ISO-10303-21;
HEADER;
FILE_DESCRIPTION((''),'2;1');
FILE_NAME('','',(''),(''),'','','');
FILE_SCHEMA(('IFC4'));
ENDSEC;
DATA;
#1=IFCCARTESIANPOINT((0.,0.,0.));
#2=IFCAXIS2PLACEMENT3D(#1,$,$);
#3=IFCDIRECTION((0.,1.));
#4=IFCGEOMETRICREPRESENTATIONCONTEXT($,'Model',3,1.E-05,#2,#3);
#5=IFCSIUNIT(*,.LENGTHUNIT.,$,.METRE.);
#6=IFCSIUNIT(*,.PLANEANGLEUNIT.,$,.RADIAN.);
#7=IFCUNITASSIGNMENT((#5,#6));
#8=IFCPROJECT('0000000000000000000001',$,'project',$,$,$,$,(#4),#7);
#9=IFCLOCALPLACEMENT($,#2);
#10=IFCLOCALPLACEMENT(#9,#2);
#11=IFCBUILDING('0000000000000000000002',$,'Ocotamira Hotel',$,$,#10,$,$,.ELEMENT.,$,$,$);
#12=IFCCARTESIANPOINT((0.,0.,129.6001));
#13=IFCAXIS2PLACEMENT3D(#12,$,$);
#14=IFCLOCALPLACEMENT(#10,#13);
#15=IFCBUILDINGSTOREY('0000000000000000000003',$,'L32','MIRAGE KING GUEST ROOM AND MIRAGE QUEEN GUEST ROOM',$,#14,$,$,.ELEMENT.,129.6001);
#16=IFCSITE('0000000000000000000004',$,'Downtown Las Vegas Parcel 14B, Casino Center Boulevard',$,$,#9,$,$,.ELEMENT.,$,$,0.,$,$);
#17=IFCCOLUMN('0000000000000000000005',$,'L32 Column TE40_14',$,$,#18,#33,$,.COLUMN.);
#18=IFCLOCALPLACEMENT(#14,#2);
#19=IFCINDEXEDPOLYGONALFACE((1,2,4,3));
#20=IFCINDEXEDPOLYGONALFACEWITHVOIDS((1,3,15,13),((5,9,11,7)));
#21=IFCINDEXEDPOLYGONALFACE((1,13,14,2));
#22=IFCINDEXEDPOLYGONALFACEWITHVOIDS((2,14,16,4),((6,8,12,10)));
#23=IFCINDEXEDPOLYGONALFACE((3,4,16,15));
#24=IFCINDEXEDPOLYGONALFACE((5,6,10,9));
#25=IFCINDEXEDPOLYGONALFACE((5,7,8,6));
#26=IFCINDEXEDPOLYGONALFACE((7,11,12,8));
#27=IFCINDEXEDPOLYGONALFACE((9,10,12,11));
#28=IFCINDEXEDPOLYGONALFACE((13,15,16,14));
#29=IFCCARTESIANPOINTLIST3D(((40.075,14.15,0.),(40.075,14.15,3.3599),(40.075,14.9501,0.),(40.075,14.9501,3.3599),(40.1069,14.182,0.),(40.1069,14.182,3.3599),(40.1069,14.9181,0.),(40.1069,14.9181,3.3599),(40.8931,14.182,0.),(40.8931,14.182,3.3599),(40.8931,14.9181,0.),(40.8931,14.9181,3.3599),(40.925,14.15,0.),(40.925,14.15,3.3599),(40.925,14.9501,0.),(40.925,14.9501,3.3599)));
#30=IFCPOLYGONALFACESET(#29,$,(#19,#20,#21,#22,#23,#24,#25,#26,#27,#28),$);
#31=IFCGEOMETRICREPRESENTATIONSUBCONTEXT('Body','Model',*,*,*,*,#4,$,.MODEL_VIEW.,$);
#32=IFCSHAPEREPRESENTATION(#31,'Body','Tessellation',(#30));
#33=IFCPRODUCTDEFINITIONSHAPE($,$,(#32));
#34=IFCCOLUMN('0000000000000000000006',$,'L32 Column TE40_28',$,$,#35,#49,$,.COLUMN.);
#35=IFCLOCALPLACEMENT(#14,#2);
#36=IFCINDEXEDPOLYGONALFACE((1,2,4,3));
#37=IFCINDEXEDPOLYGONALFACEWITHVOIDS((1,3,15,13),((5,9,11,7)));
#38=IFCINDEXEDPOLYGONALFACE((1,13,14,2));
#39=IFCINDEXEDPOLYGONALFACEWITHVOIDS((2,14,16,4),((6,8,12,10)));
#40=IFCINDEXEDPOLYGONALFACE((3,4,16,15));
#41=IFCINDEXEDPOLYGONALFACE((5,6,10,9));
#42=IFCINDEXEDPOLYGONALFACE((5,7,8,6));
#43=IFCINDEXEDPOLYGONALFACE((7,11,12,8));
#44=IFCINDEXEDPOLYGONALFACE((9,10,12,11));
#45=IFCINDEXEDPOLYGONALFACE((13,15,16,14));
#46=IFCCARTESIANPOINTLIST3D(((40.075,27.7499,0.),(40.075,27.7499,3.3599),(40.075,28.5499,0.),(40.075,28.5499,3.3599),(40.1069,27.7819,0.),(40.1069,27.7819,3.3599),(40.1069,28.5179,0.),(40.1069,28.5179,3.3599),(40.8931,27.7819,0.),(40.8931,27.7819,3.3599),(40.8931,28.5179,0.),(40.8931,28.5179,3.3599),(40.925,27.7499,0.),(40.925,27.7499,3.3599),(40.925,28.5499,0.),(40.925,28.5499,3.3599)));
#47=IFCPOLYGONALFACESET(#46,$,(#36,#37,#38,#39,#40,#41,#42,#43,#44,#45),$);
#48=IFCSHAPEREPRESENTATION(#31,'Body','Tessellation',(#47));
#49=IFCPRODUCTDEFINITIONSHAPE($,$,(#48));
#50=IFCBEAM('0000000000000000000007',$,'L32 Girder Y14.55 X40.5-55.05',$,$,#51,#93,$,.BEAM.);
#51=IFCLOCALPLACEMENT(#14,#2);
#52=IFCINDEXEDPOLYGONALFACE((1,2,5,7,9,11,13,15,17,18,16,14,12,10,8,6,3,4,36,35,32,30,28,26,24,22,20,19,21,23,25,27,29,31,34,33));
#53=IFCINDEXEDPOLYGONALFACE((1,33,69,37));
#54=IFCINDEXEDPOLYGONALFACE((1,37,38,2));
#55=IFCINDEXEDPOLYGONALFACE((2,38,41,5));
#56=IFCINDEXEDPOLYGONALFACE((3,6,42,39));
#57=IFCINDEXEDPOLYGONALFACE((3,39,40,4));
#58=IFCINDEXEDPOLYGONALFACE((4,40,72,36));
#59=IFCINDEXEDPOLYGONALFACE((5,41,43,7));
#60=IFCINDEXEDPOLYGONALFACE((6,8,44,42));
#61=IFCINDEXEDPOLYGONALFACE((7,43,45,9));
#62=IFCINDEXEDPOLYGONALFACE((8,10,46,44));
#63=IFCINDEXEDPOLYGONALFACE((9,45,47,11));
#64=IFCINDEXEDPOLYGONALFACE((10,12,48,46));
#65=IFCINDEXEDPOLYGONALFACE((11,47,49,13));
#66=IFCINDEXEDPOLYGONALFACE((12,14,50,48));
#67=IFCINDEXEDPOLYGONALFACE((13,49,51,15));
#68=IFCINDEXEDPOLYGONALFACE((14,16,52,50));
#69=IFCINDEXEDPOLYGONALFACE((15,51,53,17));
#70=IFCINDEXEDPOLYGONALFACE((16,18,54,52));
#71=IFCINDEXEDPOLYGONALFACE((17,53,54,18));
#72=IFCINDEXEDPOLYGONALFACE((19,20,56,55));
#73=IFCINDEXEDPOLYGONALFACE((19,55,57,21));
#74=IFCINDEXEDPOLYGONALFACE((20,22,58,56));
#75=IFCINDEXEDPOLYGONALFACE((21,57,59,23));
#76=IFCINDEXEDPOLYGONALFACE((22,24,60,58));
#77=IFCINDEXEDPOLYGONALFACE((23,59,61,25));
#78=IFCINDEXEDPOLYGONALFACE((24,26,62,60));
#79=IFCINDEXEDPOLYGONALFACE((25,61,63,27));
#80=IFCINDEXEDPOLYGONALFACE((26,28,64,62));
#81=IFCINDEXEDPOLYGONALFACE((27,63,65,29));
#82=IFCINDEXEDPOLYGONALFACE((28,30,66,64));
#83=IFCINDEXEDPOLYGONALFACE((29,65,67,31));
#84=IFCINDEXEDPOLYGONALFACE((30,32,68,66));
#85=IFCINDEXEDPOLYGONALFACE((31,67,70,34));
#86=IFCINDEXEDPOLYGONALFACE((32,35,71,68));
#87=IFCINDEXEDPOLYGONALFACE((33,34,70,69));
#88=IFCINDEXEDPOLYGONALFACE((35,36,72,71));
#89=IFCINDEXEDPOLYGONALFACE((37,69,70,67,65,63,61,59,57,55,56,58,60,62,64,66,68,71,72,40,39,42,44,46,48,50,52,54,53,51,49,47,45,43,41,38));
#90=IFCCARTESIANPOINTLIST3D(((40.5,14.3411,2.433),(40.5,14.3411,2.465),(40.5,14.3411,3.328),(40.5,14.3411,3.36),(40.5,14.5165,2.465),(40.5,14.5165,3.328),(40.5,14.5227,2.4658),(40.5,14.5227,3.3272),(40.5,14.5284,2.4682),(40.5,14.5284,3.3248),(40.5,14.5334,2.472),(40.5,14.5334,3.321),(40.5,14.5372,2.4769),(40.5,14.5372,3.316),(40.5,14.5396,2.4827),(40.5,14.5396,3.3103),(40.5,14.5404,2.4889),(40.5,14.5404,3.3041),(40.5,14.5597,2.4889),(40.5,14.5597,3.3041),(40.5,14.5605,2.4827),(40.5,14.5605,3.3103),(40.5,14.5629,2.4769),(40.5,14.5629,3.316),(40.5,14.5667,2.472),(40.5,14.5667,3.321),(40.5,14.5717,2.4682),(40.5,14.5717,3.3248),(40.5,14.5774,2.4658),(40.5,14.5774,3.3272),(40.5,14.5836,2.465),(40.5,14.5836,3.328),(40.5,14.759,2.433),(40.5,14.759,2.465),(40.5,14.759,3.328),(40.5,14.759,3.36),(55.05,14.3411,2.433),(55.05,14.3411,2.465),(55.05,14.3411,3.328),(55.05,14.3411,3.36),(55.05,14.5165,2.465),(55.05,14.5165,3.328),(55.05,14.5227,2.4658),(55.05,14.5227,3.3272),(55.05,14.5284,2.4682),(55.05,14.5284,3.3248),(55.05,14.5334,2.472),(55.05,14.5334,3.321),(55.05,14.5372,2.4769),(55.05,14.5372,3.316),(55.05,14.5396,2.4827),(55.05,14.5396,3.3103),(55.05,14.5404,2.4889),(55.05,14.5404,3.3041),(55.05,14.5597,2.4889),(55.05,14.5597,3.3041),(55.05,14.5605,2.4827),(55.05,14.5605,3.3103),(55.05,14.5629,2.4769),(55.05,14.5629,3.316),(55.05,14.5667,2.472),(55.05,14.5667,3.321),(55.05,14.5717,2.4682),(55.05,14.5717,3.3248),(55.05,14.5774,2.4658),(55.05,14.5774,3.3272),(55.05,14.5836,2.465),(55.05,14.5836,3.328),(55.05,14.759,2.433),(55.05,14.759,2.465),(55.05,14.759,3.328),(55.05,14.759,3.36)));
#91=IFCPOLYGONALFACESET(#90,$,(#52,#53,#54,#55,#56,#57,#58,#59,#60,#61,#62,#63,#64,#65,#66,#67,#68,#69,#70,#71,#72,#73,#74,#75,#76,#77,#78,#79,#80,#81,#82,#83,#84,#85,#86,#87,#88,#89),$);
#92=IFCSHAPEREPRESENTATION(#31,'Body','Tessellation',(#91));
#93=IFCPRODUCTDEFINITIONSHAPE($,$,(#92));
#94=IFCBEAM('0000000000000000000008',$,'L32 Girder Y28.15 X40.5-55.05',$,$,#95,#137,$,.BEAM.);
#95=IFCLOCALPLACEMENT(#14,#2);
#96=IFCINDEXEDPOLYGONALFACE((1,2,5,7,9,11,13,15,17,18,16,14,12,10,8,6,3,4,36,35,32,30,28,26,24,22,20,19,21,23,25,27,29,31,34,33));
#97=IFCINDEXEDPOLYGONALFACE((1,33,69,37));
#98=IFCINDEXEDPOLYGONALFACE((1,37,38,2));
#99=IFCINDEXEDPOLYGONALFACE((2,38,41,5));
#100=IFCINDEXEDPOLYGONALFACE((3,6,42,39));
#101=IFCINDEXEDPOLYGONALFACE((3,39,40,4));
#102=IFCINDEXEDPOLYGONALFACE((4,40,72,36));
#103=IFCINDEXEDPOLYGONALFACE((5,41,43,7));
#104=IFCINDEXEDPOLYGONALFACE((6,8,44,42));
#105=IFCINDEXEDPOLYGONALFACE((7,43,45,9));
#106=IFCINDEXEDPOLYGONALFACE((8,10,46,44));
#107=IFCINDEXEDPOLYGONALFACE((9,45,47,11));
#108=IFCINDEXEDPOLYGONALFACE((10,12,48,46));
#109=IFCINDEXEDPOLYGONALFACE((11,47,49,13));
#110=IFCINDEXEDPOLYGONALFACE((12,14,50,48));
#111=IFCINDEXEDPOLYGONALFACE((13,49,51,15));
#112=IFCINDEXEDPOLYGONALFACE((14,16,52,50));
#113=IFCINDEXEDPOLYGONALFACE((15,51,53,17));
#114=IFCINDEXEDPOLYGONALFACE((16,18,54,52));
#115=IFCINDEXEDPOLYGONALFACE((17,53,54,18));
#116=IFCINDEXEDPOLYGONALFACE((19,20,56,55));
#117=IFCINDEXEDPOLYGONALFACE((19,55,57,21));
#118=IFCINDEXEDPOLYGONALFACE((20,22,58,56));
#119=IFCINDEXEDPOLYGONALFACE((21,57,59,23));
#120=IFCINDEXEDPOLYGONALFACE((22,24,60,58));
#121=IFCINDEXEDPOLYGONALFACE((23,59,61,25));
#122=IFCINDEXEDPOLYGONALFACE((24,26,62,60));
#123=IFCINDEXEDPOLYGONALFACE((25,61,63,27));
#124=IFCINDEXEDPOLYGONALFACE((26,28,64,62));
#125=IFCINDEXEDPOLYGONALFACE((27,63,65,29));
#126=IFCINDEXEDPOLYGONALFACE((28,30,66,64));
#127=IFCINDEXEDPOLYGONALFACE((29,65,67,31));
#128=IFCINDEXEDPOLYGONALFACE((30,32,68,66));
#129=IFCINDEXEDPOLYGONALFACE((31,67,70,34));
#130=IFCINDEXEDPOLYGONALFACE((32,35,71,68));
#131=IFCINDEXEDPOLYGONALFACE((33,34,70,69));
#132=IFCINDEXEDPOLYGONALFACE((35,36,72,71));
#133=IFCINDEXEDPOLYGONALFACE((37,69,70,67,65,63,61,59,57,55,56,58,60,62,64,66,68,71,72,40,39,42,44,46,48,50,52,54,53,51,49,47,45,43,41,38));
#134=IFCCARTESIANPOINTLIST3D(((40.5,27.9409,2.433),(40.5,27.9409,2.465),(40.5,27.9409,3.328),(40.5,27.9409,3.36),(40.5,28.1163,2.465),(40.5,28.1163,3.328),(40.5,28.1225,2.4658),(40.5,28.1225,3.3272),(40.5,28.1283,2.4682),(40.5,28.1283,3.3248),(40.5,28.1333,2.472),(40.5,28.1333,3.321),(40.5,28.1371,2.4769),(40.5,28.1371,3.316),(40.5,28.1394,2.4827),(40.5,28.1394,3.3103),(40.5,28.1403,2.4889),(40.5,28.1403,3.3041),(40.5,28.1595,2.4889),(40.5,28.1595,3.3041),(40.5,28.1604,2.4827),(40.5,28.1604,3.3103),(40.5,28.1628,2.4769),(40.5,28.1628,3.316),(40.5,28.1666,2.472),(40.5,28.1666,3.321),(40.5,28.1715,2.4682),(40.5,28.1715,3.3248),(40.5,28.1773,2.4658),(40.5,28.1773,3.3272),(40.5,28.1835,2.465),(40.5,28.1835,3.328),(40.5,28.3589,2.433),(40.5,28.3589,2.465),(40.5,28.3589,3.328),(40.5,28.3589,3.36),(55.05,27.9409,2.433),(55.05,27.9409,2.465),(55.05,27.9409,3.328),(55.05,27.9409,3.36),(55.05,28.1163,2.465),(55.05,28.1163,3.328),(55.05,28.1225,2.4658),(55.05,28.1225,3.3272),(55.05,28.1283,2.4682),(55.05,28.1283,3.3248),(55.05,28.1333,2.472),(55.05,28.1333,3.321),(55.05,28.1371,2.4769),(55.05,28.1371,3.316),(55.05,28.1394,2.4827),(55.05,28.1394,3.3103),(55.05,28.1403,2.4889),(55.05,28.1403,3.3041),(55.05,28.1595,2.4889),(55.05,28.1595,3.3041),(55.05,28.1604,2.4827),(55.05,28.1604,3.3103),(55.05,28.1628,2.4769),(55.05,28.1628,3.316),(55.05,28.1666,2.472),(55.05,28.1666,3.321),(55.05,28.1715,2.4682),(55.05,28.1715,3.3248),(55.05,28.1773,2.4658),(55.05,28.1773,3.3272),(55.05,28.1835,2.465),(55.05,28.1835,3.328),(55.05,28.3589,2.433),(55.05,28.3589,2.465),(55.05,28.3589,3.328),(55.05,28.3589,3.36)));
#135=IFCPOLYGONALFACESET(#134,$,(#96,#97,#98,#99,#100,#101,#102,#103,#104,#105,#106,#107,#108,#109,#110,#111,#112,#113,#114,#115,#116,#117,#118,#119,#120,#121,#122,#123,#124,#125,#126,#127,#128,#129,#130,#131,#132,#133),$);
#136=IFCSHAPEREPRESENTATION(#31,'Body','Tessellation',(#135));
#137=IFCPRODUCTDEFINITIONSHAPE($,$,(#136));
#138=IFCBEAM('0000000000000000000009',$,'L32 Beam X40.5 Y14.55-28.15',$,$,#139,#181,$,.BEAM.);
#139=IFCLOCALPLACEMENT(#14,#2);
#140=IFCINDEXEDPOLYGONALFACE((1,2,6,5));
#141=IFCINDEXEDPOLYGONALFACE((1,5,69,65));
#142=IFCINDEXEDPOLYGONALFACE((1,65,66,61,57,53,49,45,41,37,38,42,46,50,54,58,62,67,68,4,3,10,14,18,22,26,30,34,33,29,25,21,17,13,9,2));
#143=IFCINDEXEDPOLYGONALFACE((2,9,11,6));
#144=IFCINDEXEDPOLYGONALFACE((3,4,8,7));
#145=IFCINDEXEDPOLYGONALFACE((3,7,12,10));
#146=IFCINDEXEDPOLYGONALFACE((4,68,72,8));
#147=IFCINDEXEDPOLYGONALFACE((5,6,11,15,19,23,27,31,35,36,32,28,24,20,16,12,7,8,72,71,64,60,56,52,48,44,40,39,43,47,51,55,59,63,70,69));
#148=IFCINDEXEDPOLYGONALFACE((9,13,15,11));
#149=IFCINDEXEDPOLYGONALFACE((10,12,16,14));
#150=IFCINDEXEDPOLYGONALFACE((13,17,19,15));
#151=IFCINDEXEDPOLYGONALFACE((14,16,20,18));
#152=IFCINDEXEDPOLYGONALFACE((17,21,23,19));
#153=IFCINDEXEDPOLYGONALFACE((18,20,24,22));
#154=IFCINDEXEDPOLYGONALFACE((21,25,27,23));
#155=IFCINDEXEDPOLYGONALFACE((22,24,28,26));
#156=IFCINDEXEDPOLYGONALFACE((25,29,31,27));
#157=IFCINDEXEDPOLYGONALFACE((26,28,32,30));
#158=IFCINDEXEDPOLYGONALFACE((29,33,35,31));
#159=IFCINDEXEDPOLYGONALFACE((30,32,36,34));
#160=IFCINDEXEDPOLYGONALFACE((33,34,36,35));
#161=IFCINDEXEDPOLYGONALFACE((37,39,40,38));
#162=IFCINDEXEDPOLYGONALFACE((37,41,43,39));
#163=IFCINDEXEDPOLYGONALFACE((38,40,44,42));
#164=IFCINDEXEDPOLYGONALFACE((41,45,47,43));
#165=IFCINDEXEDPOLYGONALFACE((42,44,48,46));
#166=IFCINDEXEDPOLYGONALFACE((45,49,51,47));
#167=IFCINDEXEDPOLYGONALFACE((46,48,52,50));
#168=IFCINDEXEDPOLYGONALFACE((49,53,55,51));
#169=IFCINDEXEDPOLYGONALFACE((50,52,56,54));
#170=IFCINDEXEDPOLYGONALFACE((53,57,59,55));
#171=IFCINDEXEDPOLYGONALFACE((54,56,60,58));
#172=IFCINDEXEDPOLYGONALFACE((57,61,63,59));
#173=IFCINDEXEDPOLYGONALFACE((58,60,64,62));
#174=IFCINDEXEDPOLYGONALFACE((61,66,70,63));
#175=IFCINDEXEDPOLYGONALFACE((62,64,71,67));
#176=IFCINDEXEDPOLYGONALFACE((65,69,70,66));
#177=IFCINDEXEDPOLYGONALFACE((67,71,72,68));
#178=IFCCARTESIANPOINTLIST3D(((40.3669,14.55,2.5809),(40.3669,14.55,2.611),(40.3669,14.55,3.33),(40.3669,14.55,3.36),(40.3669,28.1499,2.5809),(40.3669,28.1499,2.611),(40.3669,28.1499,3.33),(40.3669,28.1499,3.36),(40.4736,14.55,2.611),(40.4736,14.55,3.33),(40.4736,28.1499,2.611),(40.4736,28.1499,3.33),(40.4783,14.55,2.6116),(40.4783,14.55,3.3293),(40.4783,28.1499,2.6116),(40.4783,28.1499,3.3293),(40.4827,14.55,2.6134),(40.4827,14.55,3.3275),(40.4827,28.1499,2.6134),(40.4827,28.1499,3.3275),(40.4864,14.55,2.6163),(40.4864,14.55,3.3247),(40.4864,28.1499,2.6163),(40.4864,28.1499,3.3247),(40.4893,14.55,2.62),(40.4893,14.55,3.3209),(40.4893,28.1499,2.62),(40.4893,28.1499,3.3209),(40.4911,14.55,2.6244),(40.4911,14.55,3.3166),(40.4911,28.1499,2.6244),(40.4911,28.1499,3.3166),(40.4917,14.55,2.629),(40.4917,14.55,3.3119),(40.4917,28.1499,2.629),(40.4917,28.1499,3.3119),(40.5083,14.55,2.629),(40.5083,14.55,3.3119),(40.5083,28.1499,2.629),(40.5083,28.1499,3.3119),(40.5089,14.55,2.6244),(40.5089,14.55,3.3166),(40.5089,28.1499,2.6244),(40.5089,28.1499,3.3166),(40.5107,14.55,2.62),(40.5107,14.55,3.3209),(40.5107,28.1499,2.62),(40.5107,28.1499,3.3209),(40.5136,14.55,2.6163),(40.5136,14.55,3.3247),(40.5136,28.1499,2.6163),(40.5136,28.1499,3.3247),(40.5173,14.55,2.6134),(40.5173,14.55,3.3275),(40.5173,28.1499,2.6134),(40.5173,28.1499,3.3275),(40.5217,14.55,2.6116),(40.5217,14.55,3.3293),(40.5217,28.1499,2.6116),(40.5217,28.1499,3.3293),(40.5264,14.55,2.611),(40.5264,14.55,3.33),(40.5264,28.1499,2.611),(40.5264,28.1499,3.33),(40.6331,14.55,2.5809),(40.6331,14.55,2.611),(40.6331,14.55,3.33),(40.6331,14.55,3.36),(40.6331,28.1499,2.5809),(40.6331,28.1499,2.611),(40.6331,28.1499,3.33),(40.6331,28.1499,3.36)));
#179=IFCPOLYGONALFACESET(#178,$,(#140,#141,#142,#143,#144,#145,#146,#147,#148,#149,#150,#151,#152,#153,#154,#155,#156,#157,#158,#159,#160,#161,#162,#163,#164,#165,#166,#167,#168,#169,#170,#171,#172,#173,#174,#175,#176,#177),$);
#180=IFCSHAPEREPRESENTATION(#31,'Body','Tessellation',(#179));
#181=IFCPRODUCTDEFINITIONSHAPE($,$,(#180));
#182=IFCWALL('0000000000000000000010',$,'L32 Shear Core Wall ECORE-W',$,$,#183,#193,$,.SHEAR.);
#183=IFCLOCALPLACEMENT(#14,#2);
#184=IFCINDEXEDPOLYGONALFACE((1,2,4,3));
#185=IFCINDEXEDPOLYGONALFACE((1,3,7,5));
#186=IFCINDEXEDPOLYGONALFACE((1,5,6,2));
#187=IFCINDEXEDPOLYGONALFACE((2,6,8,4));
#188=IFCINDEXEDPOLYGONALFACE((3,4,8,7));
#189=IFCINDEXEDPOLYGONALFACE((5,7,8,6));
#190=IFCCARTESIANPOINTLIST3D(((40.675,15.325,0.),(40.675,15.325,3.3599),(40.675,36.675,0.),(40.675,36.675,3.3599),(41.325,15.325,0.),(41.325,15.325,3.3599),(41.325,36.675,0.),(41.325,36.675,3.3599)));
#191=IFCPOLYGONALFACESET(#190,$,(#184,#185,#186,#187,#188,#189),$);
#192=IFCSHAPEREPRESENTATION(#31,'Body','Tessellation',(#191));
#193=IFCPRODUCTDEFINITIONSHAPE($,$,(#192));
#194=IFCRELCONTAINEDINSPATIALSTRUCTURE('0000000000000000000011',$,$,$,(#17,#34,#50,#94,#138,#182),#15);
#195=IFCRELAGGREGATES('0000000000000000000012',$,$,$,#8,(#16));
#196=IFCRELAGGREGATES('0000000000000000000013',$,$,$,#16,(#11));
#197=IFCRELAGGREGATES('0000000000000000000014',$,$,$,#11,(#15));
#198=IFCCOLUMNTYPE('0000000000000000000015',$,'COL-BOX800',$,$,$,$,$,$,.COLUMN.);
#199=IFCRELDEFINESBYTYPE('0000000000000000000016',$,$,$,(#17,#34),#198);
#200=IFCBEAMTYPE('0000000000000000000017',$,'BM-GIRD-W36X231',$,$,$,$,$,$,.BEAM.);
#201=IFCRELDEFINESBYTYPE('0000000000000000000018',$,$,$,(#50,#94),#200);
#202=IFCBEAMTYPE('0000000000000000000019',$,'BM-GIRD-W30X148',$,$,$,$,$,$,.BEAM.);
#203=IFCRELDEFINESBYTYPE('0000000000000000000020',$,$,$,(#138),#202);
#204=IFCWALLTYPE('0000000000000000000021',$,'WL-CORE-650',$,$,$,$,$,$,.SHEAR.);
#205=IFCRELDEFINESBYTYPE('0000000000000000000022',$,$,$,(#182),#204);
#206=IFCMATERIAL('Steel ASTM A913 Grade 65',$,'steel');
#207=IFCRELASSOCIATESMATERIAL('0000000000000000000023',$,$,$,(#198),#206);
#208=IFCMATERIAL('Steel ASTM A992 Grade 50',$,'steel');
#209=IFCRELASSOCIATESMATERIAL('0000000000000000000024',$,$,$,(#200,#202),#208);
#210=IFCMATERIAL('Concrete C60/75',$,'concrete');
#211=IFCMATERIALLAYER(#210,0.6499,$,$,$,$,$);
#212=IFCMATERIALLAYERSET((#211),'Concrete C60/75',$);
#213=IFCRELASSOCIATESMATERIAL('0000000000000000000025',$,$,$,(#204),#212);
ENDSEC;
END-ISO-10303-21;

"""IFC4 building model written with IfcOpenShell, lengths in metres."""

from ifc_helpers import new_model, si_unit, direction, frame, frame_2d, origin, origin_2d, place, context, subcontext, project, spatial, rectangle, hollow_rectangle, i_section, extrude, source, transform, mapped, material, layer, layer_set, material_profile, profile_set, type_object, element, save


model = new_model("IFC4")

# Units and contexts
model_context = context("Model", 3, precision=1e-05, world=origin(), true_north=direction((0.0, 1.0)))
body_context = subcontext(model_context, "Body", "Model", "MODEL_VIEW")
ifc_project = project(units=[si_unit("LENGTHUNIT", "METRE"), si_unit("PLANEANGLEUNIT", "RADIAN")], contexts=[model_context])

# Site, building, storey
site_placement = place(None, origin())
site = spatial("IfcSite", under=ifc_project, at=site_placement, Name="Downtown Las Vegas Parcel 14B, Casino Center Boulevard", CompositionType="ELEMENT", RefElevation=0.0)
building_placement = place(site_placement, origin())
building = spatial("IfcBuilding", under=site, at=building_placement, Name="Ocotamira Hotel", CompositionType="ELEMENT")
storey_placement = place(building_placement, frame((0.0, 0.0, 129.6001)))
storey = spatial("IfcBuildingStorey", under=building, at=storey_placement, Name="L32", Description="MIRAGE KING GUEST ROOM AND MIRAGE QUEEN GUEST ROOM", CompositionType="ELEMENT", Elevation=129.6001)

# Columns
ifc_material_1 = material(Name="Steel ASTM A913 Grade 65", Category="steel")
ifc_material_profile_1 = material_profile(ifc_material_1, hollow_rectangle(XDim=0.8501, YDim=0.8, WallThickness=0.032, at=origin_2d()), Name="BOX800X850X32")
ifc_profile_set_1 = profile_set([ifc_material_profile_1], Name="Steel ASTM A913 Grade 65")
column_type = type_object("IfcColumnType", Name="COL-BOX800", PredefinedType="COLUMN", material=ifc_profile_set_1)
shared_shape_1 = source(origin(), body_context, "Body", "SweptSolid", [
    extrude(hollow_rectangle(XDim=0.8501, YDim=0.8, WallThickness=0.032, at=origin_2d()), origin(), (0.0, 0.0, 1.0), 3.3599),
])
for number, where, z_axis, x_axis, name in (
    (1, (40.5, 14.55, 0.0), (0.0, 0.0, 1.0), (1.0, 0.0, 0.0), "L32 Column TE40_14"),
    (2, (40.5, 28.1499, 0.0), (0.0, 0.0, 1.0), (1.0, 0.0, 0.0), "L32 Column TE40_28"),
):
    element("IfcColumn", number, at=place(storey_placement, frame(where, z_axis=z_axis, x_axis=x_axis)), inside=storey, type_object=column_type, Name=name, PredefinedType="COLUMN", context=body_context, shape_type="MappedRepresentation", body=[
        mapped(shared_shape_1, transform((0.0, 0.0, 0.0), scale=1.0)),
    ])

# Beams
ifc_material_2 = material(Name="Steel ASTM A992 Grade 50", Category="steel")
ifc_material_profile_2 = material_profile(ifc_material_2, i_section(OverallWidth=0.418, OverallDepth=0.927, WebThickness=0.0193, FlangeThickness=0.032, FilletRadius=0.0239, at=origin_2d()), Name="W36X231")
ifc_profile_set_2 = profile_set([ifc_material_profile_2], Name="Steel ASTM A992 Grade 50")
beam_type_1 = type_object("IfcBeamType", Name="BM-GIRD-W36X231", PredefinedType="BEAM", material=ifc_profile_set_2)
shared_shape_2 = source(origin(), body_context, "Body", "SweptSolid", [
    extrude(i_section(OverallWidth=0.418, OverallDepth=0.927, WebThickness=0.0193, FlangeThickness=0.032, FilletRadius=0.0239, at=origin_2d()), origin(), (0.0, 0.0, 1.0), 14.55),
])
for number, where, z_axis, x_axis, name in (
    (3, (40.5, 14.55, 2.8965), (1.0, 0.0, 0.0), (0.0, 1.0, 0.0), "L32 Girder Y14.55 X40.5-55.05"),
    (4, (40.5, 28.1499, 2.8965), (1.0, 0.0, 0.0), (0.0, 1.0, 0.0), "L32 Girder Y28.15 X40.5-55.05"),
):
    element("IfcBeam", number, at=place(storey_placement, frame(where, z_axis=z_axis, x_axis=x_axis)), inside=storey, type_object=beam_type_1, Name=name, PredefinedType="BEAM", context=body_context, shape_type="MappedRepresentation", body=[
        mapped(shared_shape_2, transform((0.0, 0.0, 0.0), scale=1.0)),
    ])
ifc_material_profile_3 = material_profile(ifc_material_2, i_section(OverallWidth=0.2661, OverallDepth=0.7791, WebThickness=0.0166, FlangeThickness=0.03, FilletRadius=0.0181, at=origin_2d()), Name="W30X148")
ifc_profile_set_3 = profile_set([ifc_material_profile_3], Name="Steel ASTM A992 Grade 50")
beam_type_2 = type_object("IfcBeamType", Name="BM-GIRD-W30X148", PredefinedType="BEAM", material=ifc_profile_set_3)
shared_shape_3 = source(origin(), body_context, "Body", "SweptSolid", [
    extrude(i_section(OverallWidth=0.2661, OverallDepth=0.7791, WebThickness=0.0166, FlangeThickness=0.03, FilletRadius=0.0181, at=origin_2d()), origin(), (0.0, 0.0, 1.0), 13.5999),
])
beam_placement = place(storey_placement, frame((40.5, 14.55, 2.9705), z_axis=(0.0, 1.0, 0.0), x_axis=(-1.0, 0.0, 0.0)))
element("IfcBeam", 5, at=beam_placement, inside=storey, type_object=beam_type_2, Name="L32 Beam X40.5 Y14.55-28.15", PredefinedType="BEAM", context=body_context, shape_type="MappedRepresentation", body=[
    mapped(shared_shape_3, transform((0.0, 0.0, 0.0), scale=1.0)),
])

# Shared definitions
ifc_material_3 = material(Name="Concrete C60/75", Category="concrete")
ifc_layer_1 = layer(ifc_material_3, 0.6499)
ifc_layer_set_1 = layer_set([ifc_layer_1], Name="Concrete C60/75")
wall_type_1 = type_object("IfcWallType", Name="WL-CORE-650", PredefinedType="SHEAR", material=ifc_layer_set_1)

# Wall
wall_1_placement = place(storey_placement, frame((41.0, 15.325, 0.0), z_axis=(0.0, 0.0, 1.0), x_axis=(0.0, 1.0, 0.0)))
element("IfcWall", 6, at=wall_1_placement, inside=storey, type_object=wall_type_1, Name="L32 Shear Core Wall ECORE-W", PredefinedType="SHEAR", context=body_context, shape_type="SweptSolid", body=[
    extrude(rectangle(XDim=21.3501, YDim=0.6499, at=frame_2d((10.675, 0.0))), origin(), (0.0, 0.0, 1.0), 3.3599),
])

save(model, "model.ifc")
